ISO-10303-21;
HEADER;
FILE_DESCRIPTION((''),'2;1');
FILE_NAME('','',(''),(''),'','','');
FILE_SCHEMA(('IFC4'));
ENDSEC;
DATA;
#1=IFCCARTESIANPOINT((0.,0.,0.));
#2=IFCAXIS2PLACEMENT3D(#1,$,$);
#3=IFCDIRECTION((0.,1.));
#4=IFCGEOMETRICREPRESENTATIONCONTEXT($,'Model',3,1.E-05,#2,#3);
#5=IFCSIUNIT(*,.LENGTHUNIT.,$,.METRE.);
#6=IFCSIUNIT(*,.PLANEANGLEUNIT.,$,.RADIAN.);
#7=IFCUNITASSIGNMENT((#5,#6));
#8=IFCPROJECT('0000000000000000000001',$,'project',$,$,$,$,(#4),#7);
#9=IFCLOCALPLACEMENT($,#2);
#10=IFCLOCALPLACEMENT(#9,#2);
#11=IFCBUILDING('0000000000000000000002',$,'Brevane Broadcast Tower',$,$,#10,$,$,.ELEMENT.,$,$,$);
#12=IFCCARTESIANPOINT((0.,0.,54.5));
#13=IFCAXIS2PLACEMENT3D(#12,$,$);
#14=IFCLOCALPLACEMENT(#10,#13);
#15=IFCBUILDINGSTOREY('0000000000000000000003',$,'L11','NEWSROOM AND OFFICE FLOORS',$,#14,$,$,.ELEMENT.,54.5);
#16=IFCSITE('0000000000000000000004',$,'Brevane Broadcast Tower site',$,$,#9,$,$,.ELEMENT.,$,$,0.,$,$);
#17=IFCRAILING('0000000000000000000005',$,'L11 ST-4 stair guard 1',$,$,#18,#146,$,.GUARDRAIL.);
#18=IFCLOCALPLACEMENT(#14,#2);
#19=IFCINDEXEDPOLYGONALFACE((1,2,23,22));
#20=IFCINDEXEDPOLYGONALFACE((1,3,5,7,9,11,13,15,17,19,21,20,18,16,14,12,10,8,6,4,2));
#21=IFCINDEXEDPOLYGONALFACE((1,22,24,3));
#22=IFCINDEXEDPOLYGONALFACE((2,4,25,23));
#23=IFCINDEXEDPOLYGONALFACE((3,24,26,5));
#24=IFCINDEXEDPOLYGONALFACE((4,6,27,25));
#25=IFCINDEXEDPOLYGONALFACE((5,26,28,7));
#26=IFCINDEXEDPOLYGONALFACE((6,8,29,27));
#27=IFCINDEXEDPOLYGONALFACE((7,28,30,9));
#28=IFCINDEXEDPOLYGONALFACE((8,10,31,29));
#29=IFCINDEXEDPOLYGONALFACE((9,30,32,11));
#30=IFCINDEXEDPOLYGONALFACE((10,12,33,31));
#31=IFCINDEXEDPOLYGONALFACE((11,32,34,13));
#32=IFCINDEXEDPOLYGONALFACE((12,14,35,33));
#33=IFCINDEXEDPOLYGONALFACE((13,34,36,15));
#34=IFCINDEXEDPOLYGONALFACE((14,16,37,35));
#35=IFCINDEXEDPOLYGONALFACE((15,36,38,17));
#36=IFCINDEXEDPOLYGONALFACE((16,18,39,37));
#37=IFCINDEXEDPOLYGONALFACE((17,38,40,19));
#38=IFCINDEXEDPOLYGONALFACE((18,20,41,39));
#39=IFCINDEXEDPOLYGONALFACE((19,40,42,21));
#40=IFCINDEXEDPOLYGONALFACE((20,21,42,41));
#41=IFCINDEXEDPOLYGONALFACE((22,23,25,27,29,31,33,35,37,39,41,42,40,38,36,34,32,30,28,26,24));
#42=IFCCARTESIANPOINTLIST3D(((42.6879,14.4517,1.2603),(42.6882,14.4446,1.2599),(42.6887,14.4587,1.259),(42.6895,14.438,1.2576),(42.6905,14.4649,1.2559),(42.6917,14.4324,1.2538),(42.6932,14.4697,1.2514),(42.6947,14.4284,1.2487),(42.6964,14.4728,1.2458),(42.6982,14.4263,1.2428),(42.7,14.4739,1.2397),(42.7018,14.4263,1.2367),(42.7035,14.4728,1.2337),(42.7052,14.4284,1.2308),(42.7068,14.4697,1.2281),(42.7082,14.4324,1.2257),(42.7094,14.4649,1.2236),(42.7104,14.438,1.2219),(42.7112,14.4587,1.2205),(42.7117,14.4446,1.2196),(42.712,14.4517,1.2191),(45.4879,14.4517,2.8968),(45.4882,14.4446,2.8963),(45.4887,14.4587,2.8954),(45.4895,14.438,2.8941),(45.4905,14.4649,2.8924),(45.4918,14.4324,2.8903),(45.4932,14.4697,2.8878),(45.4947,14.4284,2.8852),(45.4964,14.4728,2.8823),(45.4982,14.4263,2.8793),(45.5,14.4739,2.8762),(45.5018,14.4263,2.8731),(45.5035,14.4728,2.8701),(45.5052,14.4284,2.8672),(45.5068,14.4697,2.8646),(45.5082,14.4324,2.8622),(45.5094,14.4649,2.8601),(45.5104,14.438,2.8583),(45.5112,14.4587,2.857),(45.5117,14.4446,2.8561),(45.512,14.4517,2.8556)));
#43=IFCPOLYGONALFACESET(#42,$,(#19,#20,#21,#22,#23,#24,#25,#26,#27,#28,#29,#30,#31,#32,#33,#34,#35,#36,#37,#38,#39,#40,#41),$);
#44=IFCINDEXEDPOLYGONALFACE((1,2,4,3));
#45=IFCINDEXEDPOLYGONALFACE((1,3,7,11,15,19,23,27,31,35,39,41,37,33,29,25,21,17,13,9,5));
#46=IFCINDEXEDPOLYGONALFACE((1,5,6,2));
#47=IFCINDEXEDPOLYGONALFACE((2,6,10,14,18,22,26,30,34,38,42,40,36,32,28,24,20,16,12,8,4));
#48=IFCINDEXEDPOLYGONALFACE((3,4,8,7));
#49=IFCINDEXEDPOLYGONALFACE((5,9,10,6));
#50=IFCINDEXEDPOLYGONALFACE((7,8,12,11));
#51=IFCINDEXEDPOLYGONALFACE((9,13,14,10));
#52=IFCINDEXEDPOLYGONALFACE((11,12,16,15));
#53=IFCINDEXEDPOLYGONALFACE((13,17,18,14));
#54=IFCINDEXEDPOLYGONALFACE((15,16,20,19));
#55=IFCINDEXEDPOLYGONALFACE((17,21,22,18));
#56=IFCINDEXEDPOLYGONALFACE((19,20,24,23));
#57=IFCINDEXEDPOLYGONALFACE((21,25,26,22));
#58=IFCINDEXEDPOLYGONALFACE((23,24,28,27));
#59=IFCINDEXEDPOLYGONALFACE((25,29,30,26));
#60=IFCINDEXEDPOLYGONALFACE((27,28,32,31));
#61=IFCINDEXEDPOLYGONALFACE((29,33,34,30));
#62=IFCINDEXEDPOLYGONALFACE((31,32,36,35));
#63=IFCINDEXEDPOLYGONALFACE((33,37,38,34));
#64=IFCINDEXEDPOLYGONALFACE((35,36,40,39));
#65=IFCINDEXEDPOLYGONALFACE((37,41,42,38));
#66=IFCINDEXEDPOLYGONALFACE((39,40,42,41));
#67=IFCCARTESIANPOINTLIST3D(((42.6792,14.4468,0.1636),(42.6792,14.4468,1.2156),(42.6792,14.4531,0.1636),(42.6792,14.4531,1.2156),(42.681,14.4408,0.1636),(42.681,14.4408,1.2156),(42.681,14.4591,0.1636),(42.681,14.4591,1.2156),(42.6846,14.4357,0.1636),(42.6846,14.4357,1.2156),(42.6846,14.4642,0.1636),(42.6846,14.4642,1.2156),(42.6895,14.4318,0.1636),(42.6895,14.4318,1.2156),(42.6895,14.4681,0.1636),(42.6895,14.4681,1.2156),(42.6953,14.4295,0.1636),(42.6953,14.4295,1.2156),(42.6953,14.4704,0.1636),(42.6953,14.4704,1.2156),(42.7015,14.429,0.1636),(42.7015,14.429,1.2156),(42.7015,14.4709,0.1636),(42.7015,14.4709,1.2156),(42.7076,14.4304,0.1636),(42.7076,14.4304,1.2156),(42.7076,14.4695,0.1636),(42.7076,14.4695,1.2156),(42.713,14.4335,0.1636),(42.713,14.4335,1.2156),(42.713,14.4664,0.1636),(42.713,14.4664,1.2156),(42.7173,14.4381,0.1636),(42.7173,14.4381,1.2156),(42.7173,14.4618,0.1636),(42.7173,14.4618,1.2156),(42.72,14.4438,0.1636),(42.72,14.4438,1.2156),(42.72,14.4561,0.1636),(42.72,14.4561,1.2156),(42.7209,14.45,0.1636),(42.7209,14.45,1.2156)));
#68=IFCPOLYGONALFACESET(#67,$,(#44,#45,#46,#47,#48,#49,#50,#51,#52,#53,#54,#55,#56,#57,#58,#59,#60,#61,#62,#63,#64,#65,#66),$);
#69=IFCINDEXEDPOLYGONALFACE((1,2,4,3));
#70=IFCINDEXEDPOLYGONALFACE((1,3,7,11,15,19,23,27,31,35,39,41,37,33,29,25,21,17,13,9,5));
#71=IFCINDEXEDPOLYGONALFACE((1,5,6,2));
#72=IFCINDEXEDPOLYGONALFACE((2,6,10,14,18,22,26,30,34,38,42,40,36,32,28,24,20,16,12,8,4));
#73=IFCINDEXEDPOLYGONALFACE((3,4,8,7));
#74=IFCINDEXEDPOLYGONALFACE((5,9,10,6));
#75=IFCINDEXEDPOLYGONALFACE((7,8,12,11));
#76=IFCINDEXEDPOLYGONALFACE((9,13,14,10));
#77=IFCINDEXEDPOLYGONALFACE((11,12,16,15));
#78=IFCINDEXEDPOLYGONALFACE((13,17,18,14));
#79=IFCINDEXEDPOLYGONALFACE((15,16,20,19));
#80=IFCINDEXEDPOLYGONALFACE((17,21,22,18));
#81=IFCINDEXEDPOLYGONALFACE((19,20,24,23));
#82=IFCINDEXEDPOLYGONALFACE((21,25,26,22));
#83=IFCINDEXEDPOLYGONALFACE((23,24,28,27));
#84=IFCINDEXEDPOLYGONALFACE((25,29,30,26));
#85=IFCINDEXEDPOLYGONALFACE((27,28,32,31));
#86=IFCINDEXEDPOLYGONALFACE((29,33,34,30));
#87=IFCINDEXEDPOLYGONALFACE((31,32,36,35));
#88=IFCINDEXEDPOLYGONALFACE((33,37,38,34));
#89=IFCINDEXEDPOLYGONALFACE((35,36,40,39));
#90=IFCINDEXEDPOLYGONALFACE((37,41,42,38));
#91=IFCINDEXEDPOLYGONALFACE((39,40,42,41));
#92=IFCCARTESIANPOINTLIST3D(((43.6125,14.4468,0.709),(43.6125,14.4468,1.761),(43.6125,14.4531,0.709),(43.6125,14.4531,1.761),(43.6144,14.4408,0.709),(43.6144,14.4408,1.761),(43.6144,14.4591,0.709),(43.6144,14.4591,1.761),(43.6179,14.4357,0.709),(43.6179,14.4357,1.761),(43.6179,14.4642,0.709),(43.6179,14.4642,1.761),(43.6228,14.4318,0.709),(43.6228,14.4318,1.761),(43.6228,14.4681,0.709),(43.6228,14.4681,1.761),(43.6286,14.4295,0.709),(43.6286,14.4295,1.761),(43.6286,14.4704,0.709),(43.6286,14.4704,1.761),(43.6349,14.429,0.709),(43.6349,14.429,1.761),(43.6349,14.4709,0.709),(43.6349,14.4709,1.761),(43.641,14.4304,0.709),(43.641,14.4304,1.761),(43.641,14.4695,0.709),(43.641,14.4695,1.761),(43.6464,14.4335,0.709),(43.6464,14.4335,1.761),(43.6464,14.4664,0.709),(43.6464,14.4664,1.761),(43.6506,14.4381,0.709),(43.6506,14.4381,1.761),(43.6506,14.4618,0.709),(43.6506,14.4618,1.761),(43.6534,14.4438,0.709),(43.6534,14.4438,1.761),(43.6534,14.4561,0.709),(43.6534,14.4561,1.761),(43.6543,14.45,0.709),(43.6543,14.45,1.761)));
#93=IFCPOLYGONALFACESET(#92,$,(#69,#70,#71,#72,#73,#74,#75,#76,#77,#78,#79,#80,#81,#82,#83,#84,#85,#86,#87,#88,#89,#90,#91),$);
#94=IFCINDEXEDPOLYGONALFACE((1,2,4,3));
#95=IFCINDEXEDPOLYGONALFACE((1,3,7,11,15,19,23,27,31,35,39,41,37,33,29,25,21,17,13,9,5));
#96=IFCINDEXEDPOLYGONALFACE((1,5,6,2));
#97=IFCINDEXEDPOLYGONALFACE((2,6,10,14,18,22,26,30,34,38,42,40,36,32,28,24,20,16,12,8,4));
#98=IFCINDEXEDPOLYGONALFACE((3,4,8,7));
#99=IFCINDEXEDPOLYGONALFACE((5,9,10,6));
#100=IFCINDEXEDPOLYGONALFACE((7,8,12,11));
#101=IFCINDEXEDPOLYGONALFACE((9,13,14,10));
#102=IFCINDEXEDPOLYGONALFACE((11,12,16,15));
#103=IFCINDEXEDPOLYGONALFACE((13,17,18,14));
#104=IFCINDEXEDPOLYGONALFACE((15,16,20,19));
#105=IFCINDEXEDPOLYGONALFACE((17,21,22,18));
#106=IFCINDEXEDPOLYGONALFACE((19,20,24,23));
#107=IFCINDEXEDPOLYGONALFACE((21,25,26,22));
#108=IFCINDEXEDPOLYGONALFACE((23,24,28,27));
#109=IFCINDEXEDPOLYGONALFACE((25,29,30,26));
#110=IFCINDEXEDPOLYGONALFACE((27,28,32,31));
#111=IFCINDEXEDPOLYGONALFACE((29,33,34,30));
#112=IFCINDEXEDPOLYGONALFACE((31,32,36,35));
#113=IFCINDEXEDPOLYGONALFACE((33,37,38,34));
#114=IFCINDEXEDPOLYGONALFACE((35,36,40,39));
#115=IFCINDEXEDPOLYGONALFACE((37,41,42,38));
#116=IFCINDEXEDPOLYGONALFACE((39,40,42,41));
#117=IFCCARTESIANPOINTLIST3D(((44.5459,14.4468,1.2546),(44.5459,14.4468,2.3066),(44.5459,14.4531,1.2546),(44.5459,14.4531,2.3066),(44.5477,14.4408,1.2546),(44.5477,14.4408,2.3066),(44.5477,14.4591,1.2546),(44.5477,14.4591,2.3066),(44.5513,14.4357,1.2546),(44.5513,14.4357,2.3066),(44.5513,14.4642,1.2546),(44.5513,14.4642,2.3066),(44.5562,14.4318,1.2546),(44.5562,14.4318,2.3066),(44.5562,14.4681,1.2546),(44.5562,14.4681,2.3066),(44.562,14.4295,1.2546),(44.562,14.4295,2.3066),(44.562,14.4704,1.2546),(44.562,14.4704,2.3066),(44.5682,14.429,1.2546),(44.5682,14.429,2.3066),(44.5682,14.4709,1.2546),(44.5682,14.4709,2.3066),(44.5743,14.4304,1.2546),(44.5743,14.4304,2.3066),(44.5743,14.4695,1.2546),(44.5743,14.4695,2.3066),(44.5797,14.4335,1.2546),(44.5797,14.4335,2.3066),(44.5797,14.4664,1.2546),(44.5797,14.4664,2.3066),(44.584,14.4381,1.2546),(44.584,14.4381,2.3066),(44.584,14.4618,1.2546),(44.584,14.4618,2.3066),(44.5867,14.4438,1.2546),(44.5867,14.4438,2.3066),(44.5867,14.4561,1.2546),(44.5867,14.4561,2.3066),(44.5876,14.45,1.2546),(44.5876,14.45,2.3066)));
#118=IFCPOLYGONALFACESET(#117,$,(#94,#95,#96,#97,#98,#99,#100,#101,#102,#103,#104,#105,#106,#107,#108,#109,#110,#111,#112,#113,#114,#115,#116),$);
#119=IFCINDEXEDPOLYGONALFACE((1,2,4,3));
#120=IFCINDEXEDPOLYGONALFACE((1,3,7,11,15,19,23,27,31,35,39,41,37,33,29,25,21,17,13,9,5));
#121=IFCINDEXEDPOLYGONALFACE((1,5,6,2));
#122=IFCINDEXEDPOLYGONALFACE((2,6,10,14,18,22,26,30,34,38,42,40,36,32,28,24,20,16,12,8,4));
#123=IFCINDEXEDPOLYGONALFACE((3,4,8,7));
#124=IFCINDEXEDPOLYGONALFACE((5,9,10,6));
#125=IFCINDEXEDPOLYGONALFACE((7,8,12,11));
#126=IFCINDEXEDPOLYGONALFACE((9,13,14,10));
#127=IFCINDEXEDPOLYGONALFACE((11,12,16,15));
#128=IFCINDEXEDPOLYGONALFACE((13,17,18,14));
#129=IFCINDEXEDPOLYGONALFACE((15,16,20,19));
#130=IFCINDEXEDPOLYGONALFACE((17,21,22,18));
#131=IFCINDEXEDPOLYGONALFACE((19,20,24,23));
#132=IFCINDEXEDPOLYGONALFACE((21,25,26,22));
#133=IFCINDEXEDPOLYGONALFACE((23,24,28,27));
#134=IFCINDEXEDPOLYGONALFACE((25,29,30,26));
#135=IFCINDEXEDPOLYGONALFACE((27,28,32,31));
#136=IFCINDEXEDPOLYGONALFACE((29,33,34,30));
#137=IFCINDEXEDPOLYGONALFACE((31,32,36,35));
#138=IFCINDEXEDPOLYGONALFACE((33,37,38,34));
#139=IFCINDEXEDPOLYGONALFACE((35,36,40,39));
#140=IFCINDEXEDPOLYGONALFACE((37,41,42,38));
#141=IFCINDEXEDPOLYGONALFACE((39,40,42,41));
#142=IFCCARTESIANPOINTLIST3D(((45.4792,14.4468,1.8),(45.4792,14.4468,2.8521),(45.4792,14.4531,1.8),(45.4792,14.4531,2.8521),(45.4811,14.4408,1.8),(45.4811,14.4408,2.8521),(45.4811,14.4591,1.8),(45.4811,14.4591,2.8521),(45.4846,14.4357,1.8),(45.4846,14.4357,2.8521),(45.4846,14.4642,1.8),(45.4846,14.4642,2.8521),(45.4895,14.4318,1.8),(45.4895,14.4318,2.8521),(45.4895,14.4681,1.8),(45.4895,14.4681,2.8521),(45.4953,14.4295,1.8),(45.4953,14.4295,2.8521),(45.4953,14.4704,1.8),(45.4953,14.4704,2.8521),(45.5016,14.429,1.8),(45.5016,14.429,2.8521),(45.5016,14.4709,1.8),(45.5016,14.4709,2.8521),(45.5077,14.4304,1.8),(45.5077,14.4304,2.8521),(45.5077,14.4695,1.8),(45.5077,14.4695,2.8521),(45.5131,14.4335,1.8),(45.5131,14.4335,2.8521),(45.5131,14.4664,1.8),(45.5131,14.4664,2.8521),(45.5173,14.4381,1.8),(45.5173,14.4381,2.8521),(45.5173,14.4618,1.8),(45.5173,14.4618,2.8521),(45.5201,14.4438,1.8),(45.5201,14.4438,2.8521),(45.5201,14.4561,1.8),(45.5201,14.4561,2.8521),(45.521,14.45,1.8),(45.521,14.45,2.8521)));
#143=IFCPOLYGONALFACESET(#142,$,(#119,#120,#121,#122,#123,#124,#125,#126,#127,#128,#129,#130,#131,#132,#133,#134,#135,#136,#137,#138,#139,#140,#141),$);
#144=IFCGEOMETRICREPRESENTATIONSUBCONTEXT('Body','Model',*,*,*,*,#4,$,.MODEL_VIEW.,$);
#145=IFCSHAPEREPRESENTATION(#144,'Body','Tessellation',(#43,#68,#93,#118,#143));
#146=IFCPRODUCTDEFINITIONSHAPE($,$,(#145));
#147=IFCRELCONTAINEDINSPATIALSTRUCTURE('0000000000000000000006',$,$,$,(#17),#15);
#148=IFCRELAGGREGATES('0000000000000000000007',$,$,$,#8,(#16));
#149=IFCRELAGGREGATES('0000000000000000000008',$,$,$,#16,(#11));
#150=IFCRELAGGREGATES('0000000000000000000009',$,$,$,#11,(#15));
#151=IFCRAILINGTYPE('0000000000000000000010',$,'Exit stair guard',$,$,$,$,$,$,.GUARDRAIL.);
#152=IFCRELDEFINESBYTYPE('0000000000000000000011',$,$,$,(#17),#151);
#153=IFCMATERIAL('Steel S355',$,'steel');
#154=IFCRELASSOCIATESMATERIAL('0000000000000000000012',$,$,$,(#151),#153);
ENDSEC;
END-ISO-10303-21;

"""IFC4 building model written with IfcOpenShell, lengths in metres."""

from ifc_helpers import new_model, si_unit, direction, frame, origin, origin_2d, place, context, subcontext, project, spatial, circle, extrude, material, type_object, element, save


model = new_model("IFC4")

# Units and contexts
model_context = context("Model", 3, precision=1e-05, world=origin(), true_north=direction((0.0, 1.0)))
body_context = subcontext(model_context, "Body", "Model", "MODEL_VIEW")
ifc_project = project(units=[si_unit("LENGTHUNIT", "METRE"), si_unit("PLANEANGLEUNIT", "RADIAN")], contexts=[model_context])

# Site, building, storey
site_placement = place(None, origin())
site = spatial("IfcSite", under=ifc_project, at=site_placement, Name="Brevane Broadcast Tower site", CompositionType="ELEMENT", RefElevation=0.0)
building_placement = place(site_placement, origin())
building = spatial("IfcBuilding", under=site, at=building_placement, Name="Brevane Broadcast Tower", CompositionType="ELEMENT")
storey_placement = place(building_placement, frame((0.0, 0.0, 54.5)))
storey = spatial("IfcBuildingStorey", under=building, at=storey_placement, Name="L11", Description="NEWSROOM AND OFFICE FLOORS", CompositionType="ELEMENT", Elevation=54.5)

# Railing
ifc_material_1 = material(Name="Steel S355", Category="steel")
railing_type_1 = type_object("IfcRailingType", Name="Exit stair guard", PredefinedType="GUARDRAIL", material=ifc_material_1)
railing_1_placement = place(storey_placement, frame((42.7, 14.45, 0.1636)))
element("IfcRailing", 1, at=railing_1_placement, inside=storey, type_object=railing_type_1, Name="L11 ST-4 stair guard 1", PredefinedType="GUARDRAIL", context=body_context, shape_type="SweptSolid", body=[
    extrude(circle(Radius=0.0239, at=origin_2d()), frame((0.0, 0.0, 1.0762), z_axis=(0.863361, 0.0, 0.504587), x_axis=(0.0, 1.0, 0.0)), (0.0, 0.0, 1.0), 3.2432),
    extrude(circle(Radius=0.021, at=origin_2d()), origin(), (0.0, 0.0, 1.0), 1.052),
    extrude(circle(Radius=0.021, at=origin_2d()), frame((0.9333, 0.0, 0.5454)), (0.0, 0.0, 1.0), 1.052),
    extrude(circle(Radius=0.021, at=origin_2d()), frame((1.8667, 0.0, 1.0911)), (0.0, 0.0, 1.0), 1.052),
    extrude(circle(Radius=0.021, at=origin_2d()), frame((2.8, 0.0, 1.6365)), (0.0, 0.0, 1.0), 1.052),
])

save(model, "model.ifc")
